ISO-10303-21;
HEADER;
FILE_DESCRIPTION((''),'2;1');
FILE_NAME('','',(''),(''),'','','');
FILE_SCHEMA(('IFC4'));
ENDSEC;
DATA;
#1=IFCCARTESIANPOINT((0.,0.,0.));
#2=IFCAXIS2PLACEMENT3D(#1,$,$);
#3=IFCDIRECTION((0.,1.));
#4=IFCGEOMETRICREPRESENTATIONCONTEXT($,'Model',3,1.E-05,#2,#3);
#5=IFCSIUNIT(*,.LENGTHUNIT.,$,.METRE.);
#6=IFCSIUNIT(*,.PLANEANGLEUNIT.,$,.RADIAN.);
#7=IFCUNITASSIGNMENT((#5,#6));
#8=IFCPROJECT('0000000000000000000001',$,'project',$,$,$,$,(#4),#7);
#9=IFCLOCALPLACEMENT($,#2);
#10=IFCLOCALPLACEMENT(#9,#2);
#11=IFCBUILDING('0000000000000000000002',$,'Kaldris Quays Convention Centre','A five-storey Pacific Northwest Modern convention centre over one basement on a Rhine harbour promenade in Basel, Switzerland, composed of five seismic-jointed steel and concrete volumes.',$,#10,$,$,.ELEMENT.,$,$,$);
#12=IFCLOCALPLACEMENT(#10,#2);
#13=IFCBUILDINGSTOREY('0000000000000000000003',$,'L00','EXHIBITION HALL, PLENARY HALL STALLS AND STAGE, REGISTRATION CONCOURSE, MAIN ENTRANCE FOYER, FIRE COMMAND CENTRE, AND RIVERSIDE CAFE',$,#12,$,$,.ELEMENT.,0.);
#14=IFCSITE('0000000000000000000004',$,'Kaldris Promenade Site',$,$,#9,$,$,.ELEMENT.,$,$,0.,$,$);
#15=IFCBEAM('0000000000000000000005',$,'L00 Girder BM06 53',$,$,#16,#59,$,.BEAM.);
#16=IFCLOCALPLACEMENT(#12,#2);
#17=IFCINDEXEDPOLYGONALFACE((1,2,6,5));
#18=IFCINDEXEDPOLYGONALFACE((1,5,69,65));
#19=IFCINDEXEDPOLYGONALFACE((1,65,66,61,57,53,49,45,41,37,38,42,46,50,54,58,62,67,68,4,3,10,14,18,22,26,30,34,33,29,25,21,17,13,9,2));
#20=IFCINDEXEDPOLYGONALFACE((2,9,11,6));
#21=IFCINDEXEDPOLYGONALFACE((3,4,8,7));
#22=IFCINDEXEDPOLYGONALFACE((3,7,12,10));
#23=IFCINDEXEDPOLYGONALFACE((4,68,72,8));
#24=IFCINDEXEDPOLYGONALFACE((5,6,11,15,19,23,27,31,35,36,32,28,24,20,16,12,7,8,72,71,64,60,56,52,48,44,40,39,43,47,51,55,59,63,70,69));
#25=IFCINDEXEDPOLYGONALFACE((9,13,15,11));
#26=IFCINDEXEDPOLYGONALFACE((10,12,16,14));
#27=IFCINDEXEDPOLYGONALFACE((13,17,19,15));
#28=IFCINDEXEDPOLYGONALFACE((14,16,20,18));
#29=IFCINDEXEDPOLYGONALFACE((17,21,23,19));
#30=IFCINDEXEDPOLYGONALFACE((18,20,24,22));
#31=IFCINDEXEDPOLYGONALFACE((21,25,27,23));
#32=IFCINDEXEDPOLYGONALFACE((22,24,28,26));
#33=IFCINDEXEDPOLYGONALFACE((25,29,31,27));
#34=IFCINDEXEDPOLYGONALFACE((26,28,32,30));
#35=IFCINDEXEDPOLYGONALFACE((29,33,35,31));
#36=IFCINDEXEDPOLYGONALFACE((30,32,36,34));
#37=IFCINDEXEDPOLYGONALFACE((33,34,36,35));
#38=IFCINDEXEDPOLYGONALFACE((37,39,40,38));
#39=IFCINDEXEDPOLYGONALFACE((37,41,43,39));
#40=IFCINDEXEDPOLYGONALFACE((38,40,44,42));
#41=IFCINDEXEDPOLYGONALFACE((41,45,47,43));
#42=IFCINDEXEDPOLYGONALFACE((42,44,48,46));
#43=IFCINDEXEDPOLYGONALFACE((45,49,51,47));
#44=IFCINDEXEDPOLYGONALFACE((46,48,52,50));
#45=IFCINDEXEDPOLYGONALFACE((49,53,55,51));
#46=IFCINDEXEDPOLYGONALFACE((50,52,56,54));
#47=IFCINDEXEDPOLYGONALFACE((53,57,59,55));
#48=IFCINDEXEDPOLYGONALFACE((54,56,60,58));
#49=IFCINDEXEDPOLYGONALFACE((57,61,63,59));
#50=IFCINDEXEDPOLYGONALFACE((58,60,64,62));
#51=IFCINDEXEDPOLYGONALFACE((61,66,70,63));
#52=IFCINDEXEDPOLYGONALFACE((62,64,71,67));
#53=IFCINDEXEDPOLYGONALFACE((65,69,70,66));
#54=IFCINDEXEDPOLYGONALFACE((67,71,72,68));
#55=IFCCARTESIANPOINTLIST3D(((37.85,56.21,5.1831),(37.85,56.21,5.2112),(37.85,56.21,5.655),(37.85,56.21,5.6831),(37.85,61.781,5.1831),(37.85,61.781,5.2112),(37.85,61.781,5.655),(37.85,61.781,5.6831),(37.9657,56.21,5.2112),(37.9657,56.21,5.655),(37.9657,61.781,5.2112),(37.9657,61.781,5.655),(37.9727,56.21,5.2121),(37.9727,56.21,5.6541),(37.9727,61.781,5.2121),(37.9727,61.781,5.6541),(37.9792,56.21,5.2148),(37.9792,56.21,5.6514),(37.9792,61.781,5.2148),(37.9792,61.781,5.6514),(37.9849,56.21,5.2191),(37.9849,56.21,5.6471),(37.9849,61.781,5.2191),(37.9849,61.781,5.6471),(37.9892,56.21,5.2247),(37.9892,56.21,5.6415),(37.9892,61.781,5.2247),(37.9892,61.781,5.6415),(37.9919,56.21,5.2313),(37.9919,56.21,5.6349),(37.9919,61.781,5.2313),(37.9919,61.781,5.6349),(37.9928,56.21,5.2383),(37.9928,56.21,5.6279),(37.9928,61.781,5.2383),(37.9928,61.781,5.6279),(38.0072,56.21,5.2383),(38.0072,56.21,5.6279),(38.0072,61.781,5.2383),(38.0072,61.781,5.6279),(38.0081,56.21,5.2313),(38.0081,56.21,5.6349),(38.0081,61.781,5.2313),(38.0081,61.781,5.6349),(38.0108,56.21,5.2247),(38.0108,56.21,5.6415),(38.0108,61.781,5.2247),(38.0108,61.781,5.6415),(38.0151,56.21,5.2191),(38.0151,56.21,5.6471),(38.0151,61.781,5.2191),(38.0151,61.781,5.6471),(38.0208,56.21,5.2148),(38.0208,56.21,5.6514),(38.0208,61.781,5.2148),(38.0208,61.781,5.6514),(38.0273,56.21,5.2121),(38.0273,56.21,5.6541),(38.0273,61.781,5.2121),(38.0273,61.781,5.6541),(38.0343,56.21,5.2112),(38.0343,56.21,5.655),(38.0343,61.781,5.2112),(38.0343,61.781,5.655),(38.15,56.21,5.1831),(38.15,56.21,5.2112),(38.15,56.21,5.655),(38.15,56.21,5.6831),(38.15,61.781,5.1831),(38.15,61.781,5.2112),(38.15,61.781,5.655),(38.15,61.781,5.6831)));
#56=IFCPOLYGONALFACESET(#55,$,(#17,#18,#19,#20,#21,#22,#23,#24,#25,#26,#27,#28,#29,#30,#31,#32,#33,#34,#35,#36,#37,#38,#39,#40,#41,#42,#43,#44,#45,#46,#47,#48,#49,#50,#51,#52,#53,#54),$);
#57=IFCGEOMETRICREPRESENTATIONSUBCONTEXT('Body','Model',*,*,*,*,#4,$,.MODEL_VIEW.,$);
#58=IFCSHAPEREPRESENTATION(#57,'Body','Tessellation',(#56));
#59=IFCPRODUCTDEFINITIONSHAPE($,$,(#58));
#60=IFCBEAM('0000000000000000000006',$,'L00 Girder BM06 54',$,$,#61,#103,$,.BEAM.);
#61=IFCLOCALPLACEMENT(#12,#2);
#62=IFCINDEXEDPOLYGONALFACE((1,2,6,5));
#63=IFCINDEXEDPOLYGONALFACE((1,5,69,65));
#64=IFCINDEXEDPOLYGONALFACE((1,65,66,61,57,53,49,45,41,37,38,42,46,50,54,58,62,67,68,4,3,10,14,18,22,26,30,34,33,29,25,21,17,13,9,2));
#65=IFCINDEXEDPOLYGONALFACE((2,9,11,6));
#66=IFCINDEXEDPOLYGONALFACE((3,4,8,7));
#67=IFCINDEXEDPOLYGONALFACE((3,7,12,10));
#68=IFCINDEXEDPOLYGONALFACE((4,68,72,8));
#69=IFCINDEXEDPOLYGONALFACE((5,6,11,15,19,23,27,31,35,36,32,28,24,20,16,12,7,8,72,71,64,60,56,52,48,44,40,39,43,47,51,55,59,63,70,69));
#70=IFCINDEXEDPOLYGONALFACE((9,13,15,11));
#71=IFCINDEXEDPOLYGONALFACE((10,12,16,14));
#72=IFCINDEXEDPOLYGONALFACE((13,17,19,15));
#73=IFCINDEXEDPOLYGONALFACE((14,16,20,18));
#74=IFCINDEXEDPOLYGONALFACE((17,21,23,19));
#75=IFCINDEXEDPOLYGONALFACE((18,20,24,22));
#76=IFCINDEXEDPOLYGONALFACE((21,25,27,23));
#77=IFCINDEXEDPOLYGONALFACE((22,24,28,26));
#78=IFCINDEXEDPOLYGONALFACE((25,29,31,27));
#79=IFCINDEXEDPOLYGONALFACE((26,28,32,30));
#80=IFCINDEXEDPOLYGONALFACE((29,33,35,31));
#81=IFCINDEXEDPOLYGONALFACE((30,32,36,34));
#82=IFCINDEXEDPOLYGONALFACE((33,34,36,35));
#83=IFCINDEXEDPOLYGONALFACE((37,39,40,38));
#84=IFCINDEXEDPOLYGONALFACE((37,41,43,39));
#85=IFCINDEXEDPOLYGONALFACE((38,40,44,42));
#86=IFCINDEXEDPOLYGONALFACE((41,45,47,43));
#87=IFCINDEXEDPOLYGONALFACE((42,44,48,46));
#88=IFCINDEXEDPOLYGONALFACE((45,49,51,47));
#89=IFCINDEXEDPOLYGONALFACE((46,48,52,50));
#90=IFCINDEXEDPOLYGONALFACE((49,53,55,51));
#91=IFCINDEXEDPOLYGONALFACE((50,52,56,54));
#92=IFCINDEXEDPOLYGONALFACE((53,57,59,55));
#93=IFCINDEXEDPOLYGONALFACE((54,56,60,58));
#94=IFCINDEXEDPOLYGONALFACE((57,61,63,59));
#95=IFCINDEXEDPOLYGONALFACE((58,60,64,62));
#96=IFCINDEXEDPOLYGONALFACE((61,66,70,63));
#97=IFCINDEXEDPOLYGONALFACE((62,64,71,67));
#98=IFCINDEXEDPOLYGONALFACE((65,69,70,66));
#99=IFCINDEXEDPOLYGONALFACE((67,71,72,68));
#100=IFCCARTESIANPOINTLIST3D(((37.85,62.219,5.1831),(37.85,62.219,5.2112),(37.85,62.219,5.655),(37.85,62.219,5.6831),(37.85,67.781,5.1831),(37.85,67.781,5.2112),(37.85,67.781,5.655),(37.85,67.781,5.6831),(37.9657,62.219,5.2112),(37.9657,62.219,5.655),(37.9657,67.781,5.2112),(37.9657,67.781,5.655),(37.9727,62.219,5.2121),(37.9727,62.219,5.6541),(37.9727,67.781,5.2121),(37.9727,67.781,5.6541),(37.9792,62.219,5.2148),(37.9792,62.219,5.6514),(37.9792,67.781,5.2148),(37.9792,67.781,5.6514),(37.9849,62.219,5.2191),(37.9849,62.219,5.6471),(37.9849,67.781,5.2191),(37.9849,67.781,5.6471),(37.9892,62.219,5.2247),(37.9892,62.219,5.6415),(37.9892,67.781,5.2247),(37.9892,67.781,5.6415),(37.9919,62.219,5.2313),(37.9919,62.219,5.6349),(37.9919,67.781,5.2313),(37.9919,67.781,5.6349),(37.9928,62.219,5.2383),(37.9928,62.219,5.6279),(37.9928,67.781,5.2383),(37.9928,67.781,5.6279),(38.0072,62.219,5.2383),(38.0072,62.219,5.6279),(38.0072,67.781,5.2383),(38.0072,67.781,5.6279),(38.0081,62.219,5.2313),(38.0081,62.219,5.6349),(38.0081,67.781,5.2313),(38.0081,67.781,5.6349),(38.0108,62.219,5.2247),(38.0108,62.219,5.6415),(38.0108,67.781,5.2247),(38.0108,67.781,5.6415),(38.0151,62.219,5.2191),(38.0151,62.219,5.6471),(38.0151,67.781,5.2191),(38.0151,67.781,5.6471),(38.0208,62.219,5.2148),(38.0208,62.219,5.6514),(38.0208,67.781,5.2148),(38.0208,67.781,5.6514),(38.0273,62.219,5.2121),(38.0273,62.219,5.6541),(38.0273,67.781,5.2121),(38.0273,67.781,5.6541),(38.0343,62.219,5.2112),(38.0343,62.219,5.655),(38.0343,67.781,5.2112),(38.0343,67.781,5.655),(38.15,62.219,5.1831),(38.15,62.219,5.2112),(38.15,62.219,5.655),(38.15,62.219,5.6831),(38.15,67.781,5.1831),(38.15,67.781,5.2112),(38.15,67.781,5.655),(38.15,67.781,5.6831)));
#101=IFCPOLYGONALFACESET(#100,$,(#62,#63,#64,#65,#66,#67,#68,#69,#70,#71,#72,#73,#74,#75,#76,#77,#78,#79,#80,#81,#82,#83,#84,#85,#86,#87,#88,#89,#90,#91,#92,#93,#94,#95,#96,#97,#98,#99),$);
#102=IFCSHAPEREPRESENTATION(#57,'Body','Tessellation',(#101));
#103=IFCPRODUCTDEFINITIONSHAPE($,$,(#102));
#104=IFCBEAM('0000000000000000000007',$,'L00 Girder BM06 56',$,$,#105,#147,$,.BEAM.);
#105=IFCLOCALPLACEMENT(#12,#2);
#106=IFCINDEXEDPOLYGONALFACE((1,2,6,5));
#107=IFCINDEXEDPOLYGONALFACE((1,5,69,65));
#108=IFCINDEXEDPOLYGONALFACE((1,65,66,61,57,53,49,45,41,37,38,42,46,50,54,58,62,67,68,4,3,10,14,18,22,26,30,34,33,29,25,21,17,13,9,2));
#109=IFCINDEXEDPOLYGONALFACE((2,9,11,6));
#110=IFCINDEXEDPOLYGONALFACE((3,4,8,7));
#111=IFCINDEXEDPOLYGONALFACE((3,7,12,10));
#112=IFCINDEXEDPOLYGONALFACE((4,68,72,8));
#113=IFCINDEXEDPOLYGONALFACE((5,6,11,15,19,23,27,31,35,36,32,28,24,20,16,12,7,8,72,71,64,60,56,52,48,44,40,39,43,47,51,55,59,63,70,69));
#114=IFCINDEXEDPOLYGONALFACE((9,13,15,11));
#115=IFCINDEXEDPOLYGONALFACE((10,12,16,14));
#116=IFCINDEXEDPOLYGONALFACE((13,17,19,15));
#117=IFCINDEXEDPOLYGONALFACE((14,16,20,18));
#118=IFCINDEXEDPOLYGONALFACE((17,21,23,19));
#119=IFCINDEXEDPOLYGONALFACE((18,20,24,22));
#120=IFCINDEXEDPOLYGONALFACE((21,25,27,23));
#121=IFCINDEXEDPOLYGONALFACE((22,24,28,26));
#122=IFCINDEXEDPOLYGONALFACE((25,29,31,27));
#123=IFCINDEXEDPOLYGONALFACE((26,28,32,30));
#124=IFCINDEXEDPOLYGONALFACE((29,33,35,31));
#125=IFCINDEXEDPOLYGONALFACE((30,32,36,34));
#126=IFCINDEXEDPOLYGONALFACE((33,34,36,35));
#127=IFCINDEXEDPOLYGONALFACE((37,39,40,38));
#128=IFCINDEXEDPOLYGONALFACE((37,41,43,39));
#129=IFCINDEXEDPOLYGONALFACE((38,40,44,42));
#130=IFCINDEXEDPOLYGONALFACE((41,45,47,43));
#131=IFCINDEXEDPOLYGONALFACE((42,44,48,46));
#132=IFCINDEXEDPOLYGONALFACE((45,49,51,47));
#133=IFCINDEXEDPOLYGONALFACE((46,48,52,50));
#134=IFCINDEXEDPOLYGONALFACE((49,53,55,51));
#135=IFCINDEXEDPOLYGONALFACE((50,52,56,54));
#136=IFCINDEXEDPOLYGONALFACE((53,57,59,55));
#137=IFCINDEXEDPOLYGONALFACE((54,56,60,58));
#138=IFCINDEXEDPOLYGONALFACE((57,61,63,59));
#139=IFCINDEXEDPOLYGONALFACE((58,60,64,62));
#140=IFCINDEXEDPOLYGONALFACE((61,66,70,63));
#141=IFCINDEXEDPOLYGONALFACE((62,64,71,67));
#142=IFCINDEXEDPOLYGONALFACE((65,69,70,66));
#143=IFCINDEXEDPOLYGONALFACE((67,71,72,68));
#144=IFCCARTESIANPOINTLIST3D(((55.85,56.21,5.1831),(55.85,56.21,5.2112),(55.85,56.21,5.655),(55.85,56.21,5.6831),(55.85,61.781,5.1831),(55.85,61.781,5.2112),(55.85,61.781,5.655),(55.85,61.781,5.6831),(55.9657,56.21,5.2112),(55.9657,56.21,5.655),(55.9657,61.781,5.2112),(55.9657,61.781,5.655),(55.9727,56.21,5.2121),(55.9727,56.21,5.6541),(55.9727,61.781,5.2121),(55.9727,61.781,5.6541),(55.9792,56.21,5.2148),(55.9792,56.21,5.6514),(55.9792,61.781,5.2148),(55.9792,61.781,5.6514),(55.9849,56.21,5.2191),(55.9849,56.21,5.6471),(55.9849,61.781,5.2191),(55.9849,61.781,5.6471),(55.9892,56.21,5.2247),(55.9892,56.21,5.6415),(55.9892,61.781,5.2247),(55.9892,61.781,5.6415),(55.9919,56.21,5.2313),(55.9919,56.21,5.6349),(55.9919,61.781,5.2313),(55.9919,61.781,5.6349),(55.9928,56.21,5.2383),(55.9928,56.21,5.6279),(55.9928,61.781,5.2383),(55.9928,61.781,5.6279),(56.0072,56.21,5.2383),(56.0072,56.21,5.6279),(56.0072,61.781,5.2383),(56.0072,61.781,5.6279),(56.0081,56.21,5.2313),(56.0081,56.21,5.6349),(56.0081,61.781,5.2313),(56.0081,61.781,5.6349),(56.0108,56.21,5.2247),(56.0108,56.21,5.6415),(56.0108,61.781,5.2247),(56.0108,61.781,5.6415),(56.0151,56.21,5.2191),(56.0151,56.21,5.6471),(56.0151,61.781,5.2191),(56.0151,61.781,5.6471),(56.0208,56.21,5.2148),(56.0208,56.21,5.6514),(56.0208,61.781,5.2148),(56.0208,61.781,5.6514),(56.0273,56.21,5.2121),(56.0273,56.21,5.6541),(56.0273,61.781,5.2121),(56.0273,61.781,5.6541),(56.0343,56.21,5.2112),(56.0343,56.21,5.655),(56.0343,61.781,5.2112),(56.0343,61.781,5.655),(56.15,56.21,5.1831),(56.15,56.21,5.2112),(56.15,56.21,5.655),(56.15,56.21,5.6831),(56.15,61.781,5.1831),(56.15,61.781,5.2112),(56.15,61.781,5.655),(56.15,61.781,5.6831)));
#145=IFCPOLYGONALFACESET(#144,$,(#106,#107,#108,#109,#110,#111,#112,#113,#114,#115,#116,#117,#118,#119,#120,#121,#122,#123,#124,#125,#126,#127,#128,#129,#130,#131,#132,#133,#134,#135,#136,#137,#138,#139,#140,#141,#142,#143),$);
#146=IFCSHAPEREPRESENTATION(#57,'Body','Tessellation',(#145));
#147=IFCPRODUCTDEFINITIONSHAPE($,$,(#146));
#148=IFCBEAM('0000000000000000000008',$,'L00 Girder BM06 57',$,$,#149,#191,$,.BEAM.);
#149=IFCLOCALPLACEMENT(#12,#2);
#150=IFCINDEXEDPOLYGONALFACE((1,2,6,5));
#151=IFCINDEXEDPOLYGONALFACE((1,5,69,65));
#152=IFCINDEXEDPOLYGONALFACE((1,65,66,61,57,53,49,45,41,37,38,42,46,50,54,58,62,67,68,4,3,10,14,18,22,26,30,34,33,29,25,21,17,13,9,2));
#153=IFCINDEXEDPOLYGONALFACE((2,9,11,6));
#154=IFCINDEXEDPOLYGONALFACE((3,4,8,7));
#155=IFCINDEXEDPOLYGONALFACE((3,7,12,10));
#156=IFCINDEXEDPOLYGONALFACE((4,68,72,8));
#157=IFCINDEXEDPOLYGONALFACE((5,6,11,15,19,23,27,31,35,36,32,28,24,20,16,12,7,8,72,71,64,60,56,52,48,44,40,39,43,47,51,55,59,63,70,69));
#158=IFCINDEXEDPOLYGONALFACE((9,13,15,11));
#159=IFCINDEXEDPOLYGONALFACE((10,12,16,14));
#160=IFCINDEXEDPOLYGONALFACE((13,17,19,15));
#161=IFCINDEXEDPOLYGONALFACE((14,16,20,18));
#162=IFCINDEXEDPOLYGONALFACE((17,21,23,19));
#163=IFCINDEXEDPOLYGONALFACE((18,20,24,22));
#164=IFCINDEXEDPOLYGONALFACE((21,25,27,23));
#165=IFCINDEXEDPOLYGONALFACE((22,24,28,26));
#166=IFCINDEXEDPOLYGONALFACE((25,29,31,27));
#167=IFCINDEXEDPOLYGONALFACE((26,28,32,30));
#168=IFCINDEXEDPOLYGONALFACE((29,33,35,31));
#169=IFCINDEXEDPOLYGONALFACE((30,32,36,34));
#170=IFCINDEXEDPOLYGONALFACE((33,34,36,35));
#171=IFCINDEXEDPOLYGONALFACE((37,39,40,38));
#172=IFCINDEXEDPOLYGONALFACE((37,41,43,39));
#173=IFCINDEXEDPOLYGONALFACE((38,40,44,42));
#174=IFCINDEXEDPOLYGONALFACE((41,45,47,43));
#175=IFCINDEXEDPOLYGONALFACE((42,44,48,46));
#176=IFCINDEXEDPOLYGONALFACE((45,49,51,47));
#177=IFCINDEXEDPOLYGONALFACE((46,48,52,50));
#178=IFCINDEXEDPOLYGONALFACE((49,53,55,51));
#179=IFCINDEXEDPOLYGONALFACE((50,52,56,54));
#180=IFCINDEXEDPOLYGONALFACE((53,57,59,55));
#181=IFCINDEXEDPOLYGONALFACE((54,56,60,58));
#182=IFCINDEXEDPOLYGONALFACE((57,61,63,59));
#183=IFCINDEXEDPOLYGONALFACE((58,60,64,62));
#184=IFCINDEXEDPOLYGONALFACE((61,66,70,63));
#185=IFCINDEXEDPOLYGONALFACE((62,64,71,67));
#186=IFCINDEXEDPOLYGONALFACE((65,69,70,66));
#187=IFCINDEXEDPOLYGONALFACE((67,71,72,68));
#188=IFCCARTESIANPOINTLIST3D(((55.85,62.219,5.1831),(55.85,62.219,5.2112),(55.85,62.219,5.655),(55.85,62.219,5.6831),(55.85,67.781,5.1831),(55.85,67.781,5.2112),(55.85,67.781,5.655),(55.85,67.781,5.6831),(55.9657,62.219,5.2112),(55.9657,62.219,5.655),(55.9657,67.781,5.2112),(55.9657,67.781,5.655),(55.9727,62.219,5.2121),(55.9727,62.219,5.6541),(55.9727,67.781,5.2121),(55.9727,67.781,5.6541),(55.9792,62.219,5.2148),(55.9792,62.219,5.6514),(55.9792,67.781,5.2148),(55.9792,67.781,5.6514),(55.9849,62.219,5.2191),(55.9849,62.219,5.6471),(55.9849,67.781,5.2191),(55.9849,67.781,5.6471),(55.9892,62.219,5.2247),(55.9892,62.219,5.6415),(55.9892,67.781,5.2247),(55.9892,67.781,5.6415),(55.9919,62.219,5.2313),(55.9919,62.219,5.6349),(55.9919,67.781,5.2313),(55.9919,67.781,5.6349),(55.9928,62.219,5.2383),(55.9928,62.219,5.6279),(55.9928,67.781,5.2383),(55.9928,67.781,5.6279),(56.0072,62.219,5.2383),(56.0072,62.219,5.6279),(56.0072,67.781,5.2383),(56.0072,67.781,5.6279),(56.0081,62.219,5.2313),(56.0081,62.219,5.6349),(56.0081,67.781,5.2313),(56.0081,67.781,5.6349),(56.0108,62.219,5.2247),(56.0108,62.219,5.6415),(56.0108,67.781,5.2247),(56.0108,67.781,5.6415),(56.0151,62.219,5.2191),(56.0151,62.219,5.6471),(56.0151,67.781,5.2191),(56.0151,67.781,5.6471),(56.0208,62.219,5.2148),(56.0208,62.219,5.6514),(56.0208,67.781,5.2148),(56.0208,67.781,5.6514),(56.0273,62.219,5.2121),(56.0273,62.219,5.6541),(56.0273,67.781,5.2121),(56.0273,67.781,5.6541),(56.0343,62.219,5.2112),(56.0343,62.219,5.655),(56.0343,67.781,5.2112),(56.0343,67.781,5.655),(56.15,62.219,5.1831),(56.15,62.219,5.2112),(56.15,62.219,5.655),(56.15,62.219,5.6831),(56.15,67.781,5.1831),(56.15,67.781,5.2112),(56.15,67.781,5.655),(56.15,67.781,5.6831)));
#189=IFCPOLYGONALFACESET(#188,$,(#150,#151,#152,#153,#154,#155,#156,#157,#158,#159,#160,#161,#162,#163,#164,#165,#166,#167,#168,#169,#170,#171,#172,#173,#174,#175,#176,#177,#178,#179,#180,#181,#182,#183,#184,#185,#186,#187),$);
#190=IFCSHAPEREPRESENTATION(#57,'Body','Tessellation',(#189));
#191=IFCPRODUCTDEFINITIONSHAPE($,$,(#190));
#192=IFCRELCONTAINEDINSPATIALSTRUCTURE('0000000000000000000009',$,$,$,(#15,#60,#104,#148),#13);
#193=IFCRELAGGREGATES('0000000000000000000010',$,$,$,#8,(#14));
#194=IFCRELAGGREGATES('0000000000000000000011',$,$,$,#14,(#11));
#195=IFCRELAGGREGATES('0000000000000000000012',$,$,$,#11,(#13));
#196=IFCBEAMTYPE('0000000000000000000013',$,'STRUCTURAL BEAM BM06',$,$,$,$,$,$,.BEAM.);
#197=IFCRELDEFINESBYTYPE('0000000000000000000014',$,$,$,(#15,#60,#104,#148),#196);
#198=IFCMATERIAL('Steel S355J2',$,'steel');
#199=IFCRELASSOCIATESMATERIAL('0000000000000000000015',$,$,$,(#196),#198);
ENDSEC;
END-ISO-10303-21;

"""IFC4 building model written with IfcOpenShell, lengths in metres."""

from ifc_helpers import new_model, si_unit, direction, frame, origin, origin_2d, place, context, subcontext, project, spatial, i_section, extrude, material, material_profile, profile_set, type_object, element, save


model = new_model("IFC4")

# Units and contexts
model_context = context("Model", 3, precision=1e-05, world=origin(), true_north=direction((0.0, 1.0)))
body_context = subcontext(model_context, "Body", "Model", "MODEL_VIEW")
ifc_project = project(units=[si_unit("LENGTHUNIT", "METRE"), si_unit("PLANEANGLEUNIT", "RADIAN")], contexts=[model_context])

# Site, building, storey
site_placement = place(None, origin())
site = spatial("IfcSite", under=ifc_project, at=site_placement, Name="Kaldris Promenade Site", CompositionType="ELEMENT", RefElevation=0.0)
building_placement = place(site_placement, origin())
building = spatial("IfcBuilding", under=site, at=building_placement, Name="Kaldris Quays Convention Centre", Description="A five-storey Pacific Northwest Modern convention centre over one basement on a Rhine harbour promenade in Basel, Switzerland, composed of five seismic-jointed steel and concrete volumes.", CompositionType="ELEMENT")
storey_placement = place(building_placement, origin())
storey = spatial("IfcBuildingStorey", under=building, at=storey_placement, Name="L00", Description="EXHIBITION HALL, PLENARY HALL STALLS AND STAGE, REGISTRATION CONCOURSE, MAIN ENTRANCE FOYER, FIRE COMMAND CENTRE, AND RIVERSIDE CAFE", CompositionType="ELEMENT", Elevation=0.0)

# Shared definitions
ifc_material_1 = material(Name="Steel S355J2", Category="steel")

# Beams
ifc_material_profile_1 = material_profile(ifc_material_1, i_section(OverallWidth=0.3, OverallDepth=0.5, WebThickness=0.0144, FlangeThickness=0.0281, FilletRadius=0.0271, at=origin_2d()), Name="HEB 500")
ifc_profile_set_1 = profile_set([ifc_material_profile_1], Name="Steel S355J2")
beam_type_1 = type_object("IfcBeamType", Name="STRUCTURAL BEAM BM06", PredefinedType="BEAM", material=ifc_profile_set_1)
beam_1_placement = place(storey_placement, frame((38.0, 56.21, 5.4331), z_axis=(0.0, 1.0, 0.0), x_axis=(-1.0, 0.0, 0.0)))
element("IfcBeam", 1, at=beam_1_placement, inside=storey, type_object=beam_type_1, Name="L00 Girder BM06 53", PredefinedType="BEAM", context=body_context, shape_type="SweptSolid", body=[
    extrude(i_section(OverallWidth=0.3, OverallDepth=0.5, WebThickness=0.0144, FlangeThickness=0.0281, FilletRadius=0.0271, at=origin_2d()), origin(), (0.0, 0.0, 1.0), 5.571),
])
beam_2_placement = place(storey_placement, frame((38.0, 62.219, 5.4331), z_axis=(0.0, 1.0, 0.0), x_axis=(-1.0, 0.0, 0.0)))
element("IfcBeam", 2, at=beam_2_placement, inside=storey, type_object=beam_type_1, Name="L00 Girder BM06 54", PredefinedType="BEAM", context=body_context, shape_type="SweptSolid", body=[
    extrude(i_section(OverallWidth=0.3, OverallDepth=0.5, WebThickness=0.0144, FlangeThickness=0.0281, FilletRadius=0.0271, at=origin_2d()), origin(), (0.0, 0.0, 1.0), 5.562),
])
beam_3_placement = place(storey_placement, frame((56.0, 56.21, 5.4331), z_axis=(0.0, 1.0, 0.0), x_axis=(-1.0, 0.0, 0.0)))
element("IfcBeam", 3, at=beam_3_placement, inside=storey, type_object=beam_type_1, Name="L00 Girder BM06 56", PredefinedType="BEAM", context=body_context, shape_type="SweptSolid", body=[
    extrude(i_section(OverallWidth=0.3, OverallDepth=0.5, WebThickness=0.0144, FlangeThickness=0.0281, FilletRadius=0.0271, at=origin_2d()), origin(), (0.0, 0.0, 1.0), 5.571),
])
beam_4_placement = place(storey_placement, frame((56.0, 62.219, 5.4331), z_axis=(0.0, 1.0, 0.0), x_axis=(-1.0, 0.0, 0.0)))
element("IfcBeam", 4, at=beam_4_placement, inside=storey, type_object=beam_type_1, Name="L00 Girder BM06 57", PredefinedType="BEAM", context=body_context, shape_type="SweptSolid", body=[
    extrude(i_section(OverallWidth=0.3, OverallDepth=0.5, WebThickness=0.0144, FlangeThickness=0.0281, FilletRadius=0.0271, at=origin_2d()), origin(), (0.0, 0.0, 1.0), 5.562),
])

save(model, "model.ifc")
